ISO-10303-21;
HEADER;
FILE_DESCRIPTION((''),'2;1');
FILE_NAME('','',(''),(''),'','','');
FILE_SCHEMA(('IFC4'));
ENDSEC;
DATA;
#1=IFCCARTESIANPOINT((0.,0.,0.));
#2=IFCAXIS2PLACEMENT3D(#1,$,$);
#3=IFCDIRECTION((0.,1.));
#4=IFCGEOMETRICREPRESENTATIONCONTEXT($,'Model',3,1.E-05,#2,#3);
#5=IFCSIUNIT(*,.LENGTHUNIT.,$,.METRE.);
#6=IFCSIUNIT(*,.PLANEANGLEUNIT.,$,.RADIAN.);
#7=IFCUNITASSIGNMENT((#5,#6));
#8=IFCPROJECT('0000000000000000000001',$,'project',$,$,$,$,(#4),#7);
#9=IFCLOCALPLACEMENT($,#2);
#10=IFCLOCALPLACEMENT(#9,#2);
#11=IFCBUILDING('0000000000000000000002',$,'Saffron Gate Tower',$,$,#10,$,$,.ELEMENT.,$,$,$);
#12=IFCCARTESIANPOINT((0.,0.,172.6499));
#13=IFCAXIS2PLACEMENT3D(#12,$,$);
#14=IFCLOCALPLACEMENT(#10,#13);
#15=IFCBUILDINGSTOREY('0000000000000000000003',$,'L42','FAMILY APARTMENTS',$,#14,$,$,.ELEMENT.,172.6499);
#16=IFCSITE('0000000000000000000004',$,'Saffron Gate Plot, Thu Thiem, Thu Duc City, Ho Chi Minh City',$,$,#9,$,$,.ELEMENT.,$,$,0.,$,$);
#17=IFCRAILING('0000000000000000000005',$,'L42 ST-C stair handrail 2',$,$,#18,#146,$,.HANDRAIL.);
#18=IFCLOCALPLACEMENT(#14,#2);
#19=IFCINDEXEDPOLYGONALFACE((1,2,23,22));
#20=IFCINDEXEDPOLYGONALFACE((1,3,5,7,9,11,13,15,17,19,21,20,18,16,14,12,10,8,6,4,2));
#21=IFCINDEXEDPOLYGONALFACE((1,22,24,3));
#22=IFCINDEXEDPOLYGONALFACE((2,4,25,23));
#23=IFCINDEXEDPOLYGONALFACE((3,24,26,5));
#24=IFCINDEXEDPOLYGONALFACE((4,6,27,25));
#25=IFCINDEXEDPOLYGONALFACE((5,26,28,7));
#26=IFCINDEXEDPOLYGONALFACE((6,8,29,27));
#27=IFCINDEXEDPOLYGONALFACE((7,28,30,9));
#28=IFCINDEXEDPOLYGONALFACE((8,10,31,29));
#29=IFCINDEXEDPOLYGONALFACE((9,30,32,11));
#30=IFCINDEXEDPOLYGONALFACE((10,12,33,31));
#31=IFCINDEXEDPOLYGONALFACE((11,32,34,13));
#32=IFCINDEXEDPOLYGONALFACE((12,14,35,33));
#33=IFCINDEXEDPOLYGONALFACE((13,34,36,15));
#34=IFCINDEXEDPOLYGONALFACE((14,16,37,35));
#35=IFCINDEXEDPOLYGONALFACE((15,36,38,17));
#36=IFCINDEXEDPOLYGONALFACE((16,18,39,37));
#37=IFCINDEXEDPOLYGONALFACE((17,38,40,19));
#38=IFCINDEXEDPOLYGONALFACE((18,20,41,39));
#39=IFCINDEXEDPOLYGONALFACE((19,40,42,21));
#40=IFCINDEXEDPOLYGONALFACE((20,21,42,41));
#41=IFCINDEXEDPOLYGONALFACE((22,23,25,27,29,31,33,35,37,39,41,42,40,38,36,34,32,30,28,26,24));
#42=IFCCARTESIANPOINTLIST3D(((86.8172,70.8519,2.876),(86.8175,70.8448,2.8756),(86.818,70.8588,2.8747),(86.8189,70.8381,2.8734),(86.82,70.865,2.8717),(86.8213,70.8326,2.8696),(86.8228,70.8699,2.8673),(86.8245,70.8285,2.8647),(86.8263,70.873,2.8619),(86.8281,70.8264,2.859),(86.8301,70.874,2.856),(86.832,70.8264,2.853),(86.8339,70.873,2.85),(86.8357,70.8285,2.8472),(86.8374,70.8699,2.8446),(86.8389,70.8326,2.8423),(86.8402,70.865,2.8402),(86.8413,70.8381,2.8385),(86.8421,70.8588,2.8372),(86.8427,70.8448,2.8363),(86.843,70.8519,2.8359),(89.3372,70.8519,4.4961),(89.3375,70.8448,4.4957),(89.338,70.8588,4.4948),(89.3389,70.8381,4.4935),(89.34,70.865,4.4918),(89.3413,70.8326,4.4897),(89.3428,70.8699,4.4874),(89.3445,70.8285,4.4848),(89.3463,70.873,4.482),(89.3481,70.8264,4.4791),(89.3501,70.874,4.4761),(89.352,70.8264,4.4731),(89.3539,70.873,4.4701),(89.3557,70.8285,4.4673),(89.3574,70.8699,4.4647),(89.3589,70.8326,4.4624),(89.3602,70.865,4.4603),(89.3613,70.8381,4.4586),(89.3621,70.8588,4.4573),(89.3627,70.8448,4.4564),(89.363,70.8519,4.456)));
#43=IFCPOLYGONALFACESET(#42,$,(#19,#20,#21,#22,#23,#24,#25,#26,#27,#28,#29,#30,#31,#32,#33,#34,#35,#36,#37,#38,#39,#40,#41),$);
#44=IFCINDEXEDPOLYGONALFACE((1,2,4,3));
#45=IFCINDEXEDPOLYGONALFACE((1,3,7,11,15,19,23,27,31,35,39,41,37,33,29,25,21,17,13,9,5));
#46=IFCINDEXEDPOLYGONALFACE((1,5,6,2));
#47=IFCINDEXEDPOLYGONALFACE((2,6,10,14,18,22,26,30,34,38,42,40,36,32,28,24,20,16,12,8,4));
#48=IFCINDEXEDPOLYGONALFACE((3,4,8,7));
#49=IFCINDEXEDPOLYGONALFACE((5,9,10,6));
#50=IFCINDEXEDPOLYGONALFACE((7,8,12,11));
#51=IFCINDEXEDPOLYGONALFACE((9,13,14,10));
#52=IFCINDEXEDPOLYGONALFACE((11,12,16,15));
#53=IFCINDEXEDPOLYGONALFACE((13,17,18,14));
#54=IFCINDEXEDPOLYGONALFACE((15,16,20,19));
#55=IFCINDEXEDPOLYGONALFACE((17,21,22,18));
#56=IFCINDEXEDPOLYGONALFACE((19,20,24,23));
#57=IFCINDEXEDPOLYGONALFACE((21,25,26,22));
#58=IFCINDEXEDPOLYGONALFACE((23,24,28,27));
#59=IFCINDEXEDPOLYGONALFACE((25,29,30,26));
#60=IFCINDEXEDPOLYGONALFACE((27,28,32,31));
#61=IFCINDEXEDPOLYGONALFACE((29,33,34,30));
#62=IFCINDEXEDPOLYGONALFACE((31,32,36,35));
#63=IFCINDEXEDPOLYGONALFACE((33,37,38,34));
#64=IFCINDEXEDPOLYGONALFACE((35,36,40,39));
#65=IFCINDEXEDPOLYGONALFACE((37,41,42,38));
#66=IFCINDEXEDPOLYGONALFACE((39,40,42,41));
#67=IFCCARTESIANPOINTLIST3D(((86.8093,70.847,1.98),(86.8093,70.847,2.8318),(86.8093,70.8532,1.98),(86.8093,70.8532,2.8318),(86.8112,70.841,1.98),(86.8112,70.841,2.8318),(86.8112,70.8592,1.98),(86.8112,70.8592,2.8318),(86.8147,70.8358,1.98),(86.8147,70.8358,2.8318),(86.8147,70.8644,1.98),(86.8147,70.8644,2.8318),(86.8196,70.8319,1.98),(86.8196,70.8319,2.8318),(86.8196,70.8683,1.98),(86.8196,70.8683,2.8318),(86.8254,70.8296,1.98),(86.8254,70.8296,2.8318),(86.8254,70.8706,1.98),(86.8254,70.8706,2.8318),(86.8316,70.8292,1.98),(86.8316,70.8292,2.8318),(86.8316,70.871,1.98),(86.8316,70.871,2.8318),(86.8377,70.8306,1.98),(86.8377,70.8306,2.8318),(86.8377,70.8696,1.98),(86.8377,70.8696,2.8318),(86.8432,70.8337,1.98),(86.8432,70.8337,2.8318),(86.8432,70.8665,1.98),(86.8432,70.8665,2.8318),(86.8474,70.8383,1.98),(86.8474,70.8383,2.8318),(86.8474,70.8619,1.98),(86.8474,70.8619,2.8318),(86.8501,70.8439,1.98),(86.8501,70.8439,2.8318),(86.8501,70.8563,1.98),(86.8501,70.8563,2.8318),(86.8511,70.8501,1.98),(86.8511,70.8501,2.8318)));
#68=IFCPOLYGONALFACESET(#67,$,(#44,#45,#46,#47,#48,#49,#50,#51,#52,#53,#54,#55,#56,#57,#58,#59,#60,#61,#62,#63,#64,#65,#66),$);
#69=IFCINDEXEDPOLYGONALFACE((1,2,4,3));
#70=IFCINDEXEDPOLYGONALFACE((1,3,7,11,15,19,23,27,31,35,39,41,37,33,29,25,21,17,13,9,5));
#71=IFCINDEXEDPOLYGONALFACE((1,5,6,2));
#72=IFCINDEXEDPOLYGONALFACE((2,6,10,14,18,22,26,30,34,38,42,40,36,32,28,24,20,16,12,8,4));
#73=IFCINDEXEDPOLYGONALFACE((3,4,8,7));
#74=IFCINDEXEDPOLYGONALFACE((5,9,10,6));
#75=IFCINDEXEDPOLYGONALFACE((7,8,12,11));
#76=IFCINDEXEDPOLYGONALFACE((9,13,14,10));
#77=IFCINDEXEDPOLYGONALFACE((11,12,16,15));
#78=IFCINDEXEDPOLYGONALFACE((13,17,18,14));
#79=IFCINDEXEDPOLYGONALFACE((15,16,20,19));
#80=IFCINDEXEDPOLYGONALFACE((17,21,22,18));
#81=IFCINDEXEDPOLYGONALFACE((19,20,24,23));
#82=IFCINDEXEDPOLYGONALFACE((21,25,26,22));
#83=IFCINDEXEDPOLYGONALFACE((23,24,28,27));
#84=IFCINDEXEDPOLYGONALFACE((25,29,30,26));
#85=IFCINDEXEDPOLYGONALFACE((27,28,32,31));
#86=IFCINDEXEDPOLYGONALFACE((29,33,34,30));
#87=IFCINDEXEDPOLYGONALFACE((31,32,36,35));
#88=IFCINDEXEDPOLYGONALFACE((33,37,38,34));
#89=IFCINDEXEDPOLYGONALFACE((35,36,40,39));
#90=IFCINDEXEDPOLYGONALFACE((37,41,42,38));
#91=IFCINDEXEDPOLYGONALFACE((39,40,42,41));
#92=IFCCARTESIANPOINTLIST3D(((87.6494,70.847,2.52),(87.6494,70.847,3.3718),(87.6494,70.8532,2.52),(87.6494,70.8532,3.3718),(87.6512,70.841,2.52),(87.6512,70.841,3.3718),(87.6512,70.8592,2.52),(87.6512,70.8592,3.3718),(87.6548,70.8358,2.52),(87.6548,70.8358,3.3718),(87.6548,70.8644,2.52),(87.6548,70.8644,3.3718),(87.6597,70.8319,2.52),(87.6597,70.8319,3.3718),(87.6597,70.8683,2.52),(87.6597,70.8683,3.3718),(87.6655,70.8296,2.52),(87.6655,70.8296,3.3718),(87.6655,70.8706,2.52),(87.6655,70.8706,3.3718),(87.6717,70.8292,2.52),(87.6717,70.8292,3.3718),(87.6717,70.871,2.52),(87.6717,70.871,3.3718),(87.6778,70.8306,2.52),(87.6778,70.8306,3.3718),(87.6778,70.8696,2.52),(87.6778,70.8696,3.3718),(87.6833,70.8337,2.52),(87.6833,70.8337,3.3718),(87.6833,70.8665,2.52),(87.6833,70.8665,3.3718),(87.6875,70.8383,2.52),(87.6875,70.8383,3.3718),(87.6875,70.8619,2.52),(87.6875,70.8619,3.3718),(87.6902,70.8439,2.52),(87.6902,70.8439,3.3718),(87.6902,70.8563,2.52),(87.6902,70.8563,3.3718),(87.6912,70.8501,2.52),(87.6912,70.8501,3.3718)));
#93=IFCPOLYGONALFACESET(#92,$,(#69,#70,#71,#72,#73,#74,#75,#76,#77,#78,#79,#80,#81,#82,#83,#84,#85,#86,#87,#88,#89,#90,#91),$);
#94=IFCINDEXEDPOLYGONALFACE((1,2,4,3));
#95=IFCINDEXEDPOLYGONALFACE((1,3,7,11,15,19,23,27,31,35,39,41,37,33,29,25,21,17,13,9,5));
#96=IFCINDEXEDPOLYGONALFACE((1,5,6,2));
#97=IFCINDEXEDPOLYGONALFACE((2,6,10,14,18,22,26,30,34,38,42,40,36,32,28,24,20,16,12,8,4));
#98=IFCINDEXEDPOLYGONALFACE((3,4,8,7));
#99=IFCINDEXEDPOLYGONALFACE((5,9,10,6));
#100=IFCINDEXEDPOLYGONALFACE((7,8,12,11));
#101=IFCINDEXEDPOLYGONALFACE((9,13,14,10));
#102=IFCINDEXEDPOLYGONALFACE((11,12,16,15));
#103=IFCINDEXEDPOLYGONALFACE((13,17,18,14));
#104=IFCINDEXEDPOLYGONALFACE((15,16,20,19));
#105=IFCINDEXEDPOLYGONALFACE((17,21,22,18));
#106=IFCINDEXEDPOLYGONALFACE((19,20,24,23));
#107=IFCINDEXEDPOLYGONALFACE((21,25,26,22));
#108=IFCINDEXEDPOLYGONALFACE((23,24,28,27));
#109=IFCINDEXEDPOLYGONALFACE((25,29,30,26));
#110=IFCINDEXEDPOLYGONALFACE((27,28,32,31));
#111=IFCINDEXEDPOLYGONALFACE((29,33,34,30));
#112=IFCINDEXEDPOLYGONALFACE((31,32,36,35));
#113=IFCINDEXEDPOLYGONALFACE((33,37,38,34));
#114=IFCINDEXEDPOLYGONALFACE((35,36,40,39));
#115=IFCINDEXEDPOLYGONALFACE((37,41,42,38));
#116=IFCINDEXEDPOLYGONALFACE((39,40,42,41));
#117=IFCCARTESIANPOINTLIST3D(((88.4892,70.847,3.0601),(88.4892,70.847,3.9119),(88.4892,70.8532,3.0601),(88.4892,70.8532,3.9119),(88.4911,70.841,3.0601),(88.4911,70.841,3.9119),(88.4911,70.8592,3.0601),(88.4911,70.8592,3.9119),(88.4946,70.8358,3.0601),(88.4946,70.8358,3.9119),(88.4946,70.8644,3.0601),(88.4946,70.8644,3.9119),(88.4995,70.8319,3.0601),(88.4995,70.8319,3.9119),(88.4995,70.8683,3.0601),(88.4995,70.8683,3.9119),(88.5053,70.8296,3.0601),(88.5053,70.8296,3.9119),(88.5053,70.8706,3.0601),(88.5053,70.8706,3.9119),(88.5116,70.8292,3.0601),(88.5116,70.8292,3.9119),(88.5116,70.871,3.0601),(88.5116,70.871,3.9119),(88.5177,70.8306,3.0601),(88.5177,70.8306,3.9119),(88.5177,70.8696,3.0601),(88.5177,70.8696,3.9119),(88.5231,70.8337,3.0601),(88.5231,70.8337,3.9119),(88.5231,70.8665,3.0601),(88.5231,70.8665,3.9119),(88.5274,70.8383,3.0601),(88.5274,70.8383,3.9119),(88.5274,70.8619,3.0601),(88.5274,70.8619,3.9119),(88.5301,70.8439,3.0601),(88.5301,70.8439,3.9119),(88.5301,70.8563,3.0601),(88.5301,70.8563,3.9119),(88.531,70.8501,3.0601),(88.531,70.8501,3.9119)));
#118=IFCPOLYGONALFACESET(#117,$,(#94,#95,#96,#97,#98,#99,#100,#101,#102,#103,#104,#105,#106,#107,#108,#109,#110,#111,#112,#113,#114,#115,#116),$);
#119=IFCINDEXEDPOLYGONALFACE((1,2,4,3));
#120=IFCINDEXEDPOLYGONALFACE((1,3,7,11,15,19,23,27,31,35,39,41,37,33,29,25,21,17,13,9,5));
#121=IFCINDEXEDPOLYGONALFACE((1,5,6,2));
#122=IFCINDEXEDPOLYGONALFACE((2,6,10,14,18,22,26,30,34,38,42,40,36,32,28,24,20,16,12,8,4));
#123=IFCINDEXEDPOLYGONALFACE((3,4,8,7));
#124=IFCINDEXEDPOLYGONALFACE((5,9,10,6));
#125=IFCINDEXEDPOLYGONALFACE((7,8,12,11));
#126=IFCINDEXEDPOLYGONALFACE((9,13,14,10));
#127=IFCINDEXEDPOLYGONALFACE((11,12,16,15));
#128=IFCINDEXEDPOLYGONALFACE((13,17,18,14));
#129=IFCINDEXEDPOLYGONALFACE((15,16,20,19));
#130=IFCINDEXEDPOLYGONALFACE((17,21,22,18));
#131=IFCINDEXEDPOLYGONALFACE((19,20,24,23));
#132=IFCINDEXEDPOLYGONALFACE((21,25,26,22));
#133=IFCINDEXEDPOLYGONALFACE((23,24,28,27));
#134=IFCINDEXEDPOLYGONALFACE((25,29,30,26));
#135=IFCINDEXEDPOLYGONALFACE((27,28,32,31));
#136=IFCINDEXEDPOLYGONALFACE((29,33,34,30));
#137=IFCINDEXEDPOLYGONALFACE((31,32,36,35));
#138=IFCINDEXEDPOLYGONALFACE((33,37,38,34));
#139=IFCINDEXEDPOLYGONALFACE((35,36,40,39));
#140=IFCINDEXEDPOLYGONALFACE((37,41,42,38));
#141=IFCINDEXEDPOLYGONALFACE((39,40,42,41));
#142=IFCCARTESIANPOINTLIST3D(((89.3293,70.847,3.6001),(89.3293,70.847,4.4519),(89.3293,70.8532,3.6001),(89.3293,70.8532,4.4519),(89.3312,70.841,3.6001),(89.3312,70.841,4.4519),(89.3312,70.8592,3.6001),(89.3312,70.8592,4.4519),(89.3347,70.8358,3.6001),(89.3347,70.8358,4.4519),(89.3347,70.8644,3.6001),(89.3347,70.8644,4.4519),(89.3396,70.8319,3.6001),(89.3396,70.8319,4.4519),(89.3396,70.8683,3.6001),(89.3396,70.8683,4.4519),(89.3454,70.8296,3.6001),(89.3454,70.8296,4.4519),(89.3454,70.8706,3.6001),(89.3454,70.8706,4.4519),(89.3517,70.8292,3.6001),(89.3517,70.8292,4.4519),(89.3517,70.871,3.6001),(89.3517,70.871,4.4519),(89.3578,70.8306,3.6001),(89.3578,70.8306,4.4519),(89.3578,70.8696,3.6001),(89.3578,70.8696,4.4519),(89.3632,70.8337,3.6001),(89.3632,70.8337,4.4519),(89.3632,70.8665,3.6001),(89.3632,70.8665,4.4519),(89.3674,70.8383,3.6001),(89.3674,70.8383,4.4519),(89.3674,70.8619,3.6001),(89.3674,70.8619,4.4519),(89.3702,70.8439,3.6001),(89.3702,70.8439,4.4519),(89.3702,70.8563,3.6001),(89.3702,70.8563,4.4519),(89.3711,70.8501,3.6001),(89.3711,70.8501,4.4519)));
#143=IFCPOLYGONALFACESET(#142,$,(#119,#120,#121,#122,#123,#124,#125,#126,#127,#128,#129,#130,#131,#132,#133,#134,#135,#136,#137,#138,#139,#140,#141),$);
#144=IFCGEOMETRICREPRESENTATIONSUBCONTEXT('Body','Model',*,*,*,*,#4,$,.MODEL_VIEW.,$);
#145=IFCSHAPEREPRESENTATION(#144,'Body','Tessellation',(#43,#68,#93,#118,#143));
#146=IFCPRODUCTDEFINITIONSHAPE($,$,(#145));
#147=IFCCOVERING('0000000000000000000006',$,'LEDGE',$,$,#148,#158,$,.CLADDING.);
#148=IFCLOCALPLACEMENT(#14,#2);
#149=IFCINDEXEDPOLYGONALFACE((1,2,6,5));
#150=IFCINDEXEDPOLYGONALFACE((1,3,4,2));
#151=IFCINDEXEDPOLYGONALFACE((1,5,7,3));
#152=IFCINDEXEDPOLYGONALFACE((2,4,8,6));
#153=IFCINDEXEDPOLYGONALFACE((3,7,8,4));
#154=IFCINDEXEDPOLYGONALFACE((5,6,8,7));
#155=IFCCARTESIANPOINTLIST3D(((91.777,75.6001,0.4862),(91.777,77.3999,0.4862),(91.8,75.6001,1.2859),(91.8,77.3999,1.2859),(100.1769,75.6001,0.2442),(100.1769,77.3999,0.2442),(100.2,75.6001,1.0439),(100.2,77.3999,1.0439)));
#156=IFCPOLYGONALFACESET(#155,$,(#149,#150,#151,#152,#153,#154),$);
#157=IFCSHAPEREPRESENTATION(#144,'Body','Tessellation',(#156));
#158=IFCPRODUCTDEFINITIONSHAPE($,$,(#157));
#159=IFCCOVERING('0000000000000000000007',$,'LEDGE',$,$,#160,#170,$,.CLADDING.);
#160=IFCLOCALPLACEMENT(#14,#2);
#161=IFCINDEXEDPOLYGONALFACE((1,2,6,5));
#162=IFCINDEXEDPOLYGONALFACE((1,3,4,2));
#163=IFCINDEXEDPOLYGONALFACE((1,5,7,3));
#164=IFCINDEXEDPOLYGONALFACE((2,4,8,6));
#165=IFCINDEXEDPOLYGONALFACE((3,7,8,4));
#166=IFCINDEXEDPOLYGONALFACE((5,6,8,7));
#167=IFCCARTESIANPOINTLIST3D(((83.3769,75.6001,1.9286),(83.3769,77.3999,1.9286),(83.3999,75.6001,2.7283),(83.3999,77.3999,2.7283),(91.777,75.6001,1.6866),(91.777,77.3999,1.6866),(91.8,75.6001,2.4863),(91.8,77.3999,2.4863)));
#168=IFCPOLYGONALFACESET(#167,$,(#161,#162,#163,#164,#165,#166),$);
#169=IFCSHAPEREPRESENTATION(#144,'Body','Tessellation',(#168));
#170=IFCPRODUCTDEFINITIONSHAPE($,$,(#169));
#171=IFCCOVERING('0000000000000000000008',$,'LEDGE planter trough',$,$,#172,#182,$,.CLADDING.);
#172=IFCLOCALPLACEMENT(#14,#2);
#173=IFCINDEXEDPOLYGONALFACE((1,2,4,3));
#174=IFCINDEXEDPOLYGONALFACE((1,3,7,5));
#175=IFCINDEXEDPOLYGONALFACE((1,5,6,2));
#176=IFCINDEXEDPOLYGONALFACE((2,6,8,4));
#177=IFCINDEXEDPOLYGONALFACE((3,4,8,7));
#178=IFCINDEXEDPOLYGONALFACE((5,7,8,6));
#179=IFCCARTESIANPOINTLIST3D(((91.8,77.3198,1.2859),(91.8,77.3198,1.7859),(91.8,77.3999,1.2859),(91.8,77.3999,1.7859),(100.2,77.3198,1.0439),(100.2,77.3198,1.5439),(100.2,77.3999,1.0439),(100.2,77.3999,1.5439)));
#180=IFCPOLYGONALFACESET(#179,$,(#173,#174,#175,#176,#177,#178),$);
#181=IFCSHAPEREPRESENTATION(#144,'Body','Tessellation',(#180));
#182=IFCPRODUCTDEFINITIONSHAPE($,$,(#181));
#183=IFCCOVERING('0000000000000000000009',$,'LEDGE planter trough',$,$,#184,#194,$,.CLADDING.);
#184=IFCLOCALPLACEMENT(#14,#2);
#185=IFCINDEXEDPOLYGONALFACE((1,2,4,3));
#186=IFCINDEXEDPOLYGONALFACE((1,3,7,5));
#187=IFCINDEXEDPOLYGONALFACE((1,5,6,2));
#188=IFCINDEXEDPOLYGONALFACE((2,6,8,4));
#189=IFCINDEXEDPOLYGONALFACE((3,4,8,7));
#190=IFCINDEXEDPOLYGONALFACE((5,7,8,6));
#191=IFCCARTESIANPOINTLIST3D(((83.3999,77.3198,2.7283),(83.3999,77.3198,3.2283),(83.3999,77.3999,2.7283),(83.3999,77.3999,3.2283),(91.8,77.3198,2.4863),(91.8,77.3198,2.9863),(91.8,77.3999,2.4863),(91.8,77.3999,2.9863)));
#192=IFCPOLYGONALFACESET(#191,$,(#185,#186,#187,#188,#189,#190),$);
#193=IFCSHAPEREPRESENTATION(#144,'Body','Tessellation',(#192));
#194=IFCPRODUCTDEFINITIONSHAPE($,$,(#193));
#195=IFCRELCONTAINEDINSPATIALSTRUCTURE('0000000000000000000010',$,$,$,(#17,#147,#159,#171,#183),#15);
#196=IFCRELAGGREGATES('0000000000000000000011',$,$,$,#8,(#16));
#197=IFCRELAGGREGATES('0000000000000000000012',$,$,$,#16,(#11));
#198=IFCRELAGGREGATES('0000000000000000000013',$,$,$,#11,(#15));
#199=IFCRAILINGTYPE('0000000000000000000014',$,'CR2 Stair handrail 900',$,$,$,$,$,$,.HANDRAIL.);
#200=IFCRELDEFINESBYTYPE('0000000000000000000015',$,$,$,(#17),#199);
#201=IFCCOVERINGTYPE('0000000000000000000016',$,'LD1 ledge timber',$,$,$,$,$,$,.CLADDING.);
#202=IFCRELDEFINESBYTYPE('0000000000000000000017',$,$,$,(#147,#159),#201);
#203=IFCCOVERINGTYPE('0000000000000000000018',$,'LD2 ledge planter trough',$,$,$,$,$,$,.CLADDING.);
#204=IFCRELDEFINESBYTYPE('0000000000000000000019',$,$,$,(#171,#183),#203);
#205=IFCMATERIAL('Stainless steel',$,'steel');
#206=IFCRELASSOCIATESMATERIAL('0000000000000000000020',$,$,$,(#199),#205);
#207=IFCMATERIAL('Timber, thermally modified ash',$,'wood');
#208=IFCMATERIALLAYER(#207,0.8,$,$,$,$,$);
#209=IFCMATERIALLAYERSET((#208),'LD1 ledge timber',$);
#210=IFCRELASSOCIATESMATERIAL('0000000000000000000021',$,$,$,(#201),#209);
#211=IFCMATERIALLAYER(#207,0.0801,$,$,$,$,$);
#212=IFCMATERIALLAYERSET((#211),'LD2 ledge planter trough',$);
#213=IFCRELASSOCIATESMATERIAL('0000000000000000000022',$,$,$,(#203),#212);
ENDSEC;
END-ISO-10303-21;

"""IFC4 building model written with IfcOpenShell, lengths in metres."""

from ifc_helpers import new_model, si_unit, direction, frame, origin, origin_2d, place, context, subcontext, project, spatial, polyline, circle, outline, extrude, material, layer, layer_set, type_object, element, save


model = new_model("IFC4")

# Units and contexts
model_context = context("Model", 3, precision=1e-05, world=origin(), true_north=direction((0.0, 1.0)))
body_context = subcontext(model_context, "Body", "Model", "MODEL_VIEW")
ifc_project = project(units=[si_unit("LENGTHUNIT", "METRE"), si_unit("PLANEANGLEUNIT", "RADIAN")], contexts=[model_context])

# Site, building, storey
site_placement = place(None, origin())
site = spatial("IfcSite", under=ifc_project, at=site_placement, Name="Saffron Gate Plot, Thu Thiem, Thu Duc City, Ho Chi Minh City", CompositionType="ELEMENT", RefElevation=0.0)
building_placement = place(site_placement, origin())
building = spatial("IfcBuilding", under=site, at=building_placement, Name="Saffron Gate Tower", CompositionType="ELEMENT")
storey_placement = place(building_placement, frame((0.0, 0.0, 172.6499)))
storey = spatial("IfcBuildingStorey", under=building, at=storey_placement, Name="L42", Description="FAMILY APARTMENTS", CompositionType="ELEMENT", Elevation=172.6499)

# Railing
ifc_material_1 = material(Name="Stainless steel", Category="steel")
railing_type_1 = type_object("IfcRailingType", Name="CR2 Stair handrail 900", PredefinedType="HANDRAIL", material=ifc_material_1)
railing_1_placement = place(storey_placement, frame((86.8301, 70.8501, 1.98)))
element("IfcRailing", 1, at=railing_1_placement, inside=storey, type_object=railing_type_1, Name="L42 ST-C stair handrail 2", PredefinedType="HANDRAIL", context=body_context, shape_type="SweptSolid", body=[
    extrude(circle(Radius=0.0239, at=origin_2d()), frame((0.0, 0.0, 0.876), z_axis=(0.841163, 0.0, 0.540782), x_axis=(0.0, 1.0, 0.0)), (0.0, 0.0, 1.0), 2.9958),
    extrude(circle(Radius=0.021, at=origin_2d()), origin(), (0.0, 0.0, 1.0), 0.8518),
    extrude(circle(Radius=0.021, at=origin_2d()), frame((0.8401, 0.0, 0.54)), (0.0, 0.0, 1.0), 0.8518),
    extrude(circle(Radius=0.021, at=origin_2d()), frame((1.6799, 0.0, 1.0801)), (0.0, 0.0, 1.0), 0.8518),
    extrude(circle(Radius=0.021, at=origin_2d()), frame((2.52, 0.0, 1.6201)), (0.0, 0.0, 1.0), 0.8518),
])

# Coverings
ifc_material_2 = material(Name="Timber, thermally modified ash", Category="wood")
ifc_layer_1 = layer(ifc_material_2, 0.8)
ifc_layer_set_1 = layer_set([ifc_layer_1], Name="LD1 ledge timber")
covering_type_1 = type_object("IfcCoveringType", Name="LD1 ledge timber", PredefinedType="CLADDING", material=ifc_layer_set_1)
covering_1_placement = place(storey_placement, frame((100.2, 75.6001, 1.0439), z_axis=(0.028791, 0.0, 0.999585), x_axis=(-0.999585, 0.0, 0.028791)))
element("IfcCovering", 2, at=covering_1_placement, inside=storey, type_object=covering_type_1, Name="LEDGE", PredefinedType="CLADDING", context=body_context, shape_type="SweptSolid", body=[
    extrude(outline(polyline([(0.0, 0.0), (8.4034, 0.0), (8.4034, -1.7998), (0.0, -1.7998), (0.0, 0.0)])), origin(), (0.0, 0.0, -1.0), 0.8),
])
covering_2_placement = place(storey_placement, frame((91.8, 75.6001, 2.4863), z_axis=(0.02879, 0.0, 0.999585), x_axis=(-0.999585, 0.0, 0.02879)))
element("IfcCovering", 3, at=covering_2_placement, inside=storey, type_object=covering_type_1, Name="LEDGE", PredefinedType="CLADDING", context=body_context, shape_type="SweptSolid", body=[
    extrude(outline(polyline([(0.0, 0.0), (8.4036, 0.0), (8.4036, -1.7998), (0.0, -1.7998), (0.0, 0.0)])), origin(), (0.0, 0.0, -1.0), 0.8),
])
ifc_layer_2 = layer(ifc_material_2, 0.0801)
ifc_layer_set_2 = layer_set([ifc_layer_2], Name="LD2 ledge planter trough")
covering_type_2 = type_object("IfcCoveringType", Name="LD2 ledge planter trough", PredefinedType="CLADDING", material=ifc_layer_set_2)
covering_3_placement = place(storey_placement, frame((100.2, 77.3999, 1.0439), z_axis=(0.0, 1.0, 0.0), x_axis=(-0.999585, 0.0, 0.028791)))
element("IfcCovering", 4, at=covering_3_placement, inside=storey, type_object=covering_type_2, Name="LEDGE planter trough", PredefinedType="CLADDING", context=body_context, shape_type="SweptSolid", body=[
    extrude(outline(polyline([(0.0, 0.0), (8.4034, 0.0), (8.4178, 0.4998), (0.0144, 0.4998), (0.0, 0.0)])), origin(), (0.0, 0.0, -1.0), 0.0801),
])
covering_4_placement = place(storey_placement, frame((91.8, 77.3999, 2.4863), z_axis=(0.0, 1.0, 0.0), x_axis=(-0.999585, 0.0, 0.02879)))
element("IfcCovering", 5, at=covering_4_placement, inside=storey, type_object=covering_type_2, Name="LEDGE planter trough", PredefinedType="CLADDING", context=body_context, shape_type="SweptSolid", body=[
    extrude(outline(polyline([(0.0, 0.0), (8.4036, 0.0), (8.418, 0.4998), (0.0144, 0.4998), (0.0, 0.0)])), origin(), (0.0, 0.0, -1.0), 0.0801),
])

save(model, "model.ifc")
